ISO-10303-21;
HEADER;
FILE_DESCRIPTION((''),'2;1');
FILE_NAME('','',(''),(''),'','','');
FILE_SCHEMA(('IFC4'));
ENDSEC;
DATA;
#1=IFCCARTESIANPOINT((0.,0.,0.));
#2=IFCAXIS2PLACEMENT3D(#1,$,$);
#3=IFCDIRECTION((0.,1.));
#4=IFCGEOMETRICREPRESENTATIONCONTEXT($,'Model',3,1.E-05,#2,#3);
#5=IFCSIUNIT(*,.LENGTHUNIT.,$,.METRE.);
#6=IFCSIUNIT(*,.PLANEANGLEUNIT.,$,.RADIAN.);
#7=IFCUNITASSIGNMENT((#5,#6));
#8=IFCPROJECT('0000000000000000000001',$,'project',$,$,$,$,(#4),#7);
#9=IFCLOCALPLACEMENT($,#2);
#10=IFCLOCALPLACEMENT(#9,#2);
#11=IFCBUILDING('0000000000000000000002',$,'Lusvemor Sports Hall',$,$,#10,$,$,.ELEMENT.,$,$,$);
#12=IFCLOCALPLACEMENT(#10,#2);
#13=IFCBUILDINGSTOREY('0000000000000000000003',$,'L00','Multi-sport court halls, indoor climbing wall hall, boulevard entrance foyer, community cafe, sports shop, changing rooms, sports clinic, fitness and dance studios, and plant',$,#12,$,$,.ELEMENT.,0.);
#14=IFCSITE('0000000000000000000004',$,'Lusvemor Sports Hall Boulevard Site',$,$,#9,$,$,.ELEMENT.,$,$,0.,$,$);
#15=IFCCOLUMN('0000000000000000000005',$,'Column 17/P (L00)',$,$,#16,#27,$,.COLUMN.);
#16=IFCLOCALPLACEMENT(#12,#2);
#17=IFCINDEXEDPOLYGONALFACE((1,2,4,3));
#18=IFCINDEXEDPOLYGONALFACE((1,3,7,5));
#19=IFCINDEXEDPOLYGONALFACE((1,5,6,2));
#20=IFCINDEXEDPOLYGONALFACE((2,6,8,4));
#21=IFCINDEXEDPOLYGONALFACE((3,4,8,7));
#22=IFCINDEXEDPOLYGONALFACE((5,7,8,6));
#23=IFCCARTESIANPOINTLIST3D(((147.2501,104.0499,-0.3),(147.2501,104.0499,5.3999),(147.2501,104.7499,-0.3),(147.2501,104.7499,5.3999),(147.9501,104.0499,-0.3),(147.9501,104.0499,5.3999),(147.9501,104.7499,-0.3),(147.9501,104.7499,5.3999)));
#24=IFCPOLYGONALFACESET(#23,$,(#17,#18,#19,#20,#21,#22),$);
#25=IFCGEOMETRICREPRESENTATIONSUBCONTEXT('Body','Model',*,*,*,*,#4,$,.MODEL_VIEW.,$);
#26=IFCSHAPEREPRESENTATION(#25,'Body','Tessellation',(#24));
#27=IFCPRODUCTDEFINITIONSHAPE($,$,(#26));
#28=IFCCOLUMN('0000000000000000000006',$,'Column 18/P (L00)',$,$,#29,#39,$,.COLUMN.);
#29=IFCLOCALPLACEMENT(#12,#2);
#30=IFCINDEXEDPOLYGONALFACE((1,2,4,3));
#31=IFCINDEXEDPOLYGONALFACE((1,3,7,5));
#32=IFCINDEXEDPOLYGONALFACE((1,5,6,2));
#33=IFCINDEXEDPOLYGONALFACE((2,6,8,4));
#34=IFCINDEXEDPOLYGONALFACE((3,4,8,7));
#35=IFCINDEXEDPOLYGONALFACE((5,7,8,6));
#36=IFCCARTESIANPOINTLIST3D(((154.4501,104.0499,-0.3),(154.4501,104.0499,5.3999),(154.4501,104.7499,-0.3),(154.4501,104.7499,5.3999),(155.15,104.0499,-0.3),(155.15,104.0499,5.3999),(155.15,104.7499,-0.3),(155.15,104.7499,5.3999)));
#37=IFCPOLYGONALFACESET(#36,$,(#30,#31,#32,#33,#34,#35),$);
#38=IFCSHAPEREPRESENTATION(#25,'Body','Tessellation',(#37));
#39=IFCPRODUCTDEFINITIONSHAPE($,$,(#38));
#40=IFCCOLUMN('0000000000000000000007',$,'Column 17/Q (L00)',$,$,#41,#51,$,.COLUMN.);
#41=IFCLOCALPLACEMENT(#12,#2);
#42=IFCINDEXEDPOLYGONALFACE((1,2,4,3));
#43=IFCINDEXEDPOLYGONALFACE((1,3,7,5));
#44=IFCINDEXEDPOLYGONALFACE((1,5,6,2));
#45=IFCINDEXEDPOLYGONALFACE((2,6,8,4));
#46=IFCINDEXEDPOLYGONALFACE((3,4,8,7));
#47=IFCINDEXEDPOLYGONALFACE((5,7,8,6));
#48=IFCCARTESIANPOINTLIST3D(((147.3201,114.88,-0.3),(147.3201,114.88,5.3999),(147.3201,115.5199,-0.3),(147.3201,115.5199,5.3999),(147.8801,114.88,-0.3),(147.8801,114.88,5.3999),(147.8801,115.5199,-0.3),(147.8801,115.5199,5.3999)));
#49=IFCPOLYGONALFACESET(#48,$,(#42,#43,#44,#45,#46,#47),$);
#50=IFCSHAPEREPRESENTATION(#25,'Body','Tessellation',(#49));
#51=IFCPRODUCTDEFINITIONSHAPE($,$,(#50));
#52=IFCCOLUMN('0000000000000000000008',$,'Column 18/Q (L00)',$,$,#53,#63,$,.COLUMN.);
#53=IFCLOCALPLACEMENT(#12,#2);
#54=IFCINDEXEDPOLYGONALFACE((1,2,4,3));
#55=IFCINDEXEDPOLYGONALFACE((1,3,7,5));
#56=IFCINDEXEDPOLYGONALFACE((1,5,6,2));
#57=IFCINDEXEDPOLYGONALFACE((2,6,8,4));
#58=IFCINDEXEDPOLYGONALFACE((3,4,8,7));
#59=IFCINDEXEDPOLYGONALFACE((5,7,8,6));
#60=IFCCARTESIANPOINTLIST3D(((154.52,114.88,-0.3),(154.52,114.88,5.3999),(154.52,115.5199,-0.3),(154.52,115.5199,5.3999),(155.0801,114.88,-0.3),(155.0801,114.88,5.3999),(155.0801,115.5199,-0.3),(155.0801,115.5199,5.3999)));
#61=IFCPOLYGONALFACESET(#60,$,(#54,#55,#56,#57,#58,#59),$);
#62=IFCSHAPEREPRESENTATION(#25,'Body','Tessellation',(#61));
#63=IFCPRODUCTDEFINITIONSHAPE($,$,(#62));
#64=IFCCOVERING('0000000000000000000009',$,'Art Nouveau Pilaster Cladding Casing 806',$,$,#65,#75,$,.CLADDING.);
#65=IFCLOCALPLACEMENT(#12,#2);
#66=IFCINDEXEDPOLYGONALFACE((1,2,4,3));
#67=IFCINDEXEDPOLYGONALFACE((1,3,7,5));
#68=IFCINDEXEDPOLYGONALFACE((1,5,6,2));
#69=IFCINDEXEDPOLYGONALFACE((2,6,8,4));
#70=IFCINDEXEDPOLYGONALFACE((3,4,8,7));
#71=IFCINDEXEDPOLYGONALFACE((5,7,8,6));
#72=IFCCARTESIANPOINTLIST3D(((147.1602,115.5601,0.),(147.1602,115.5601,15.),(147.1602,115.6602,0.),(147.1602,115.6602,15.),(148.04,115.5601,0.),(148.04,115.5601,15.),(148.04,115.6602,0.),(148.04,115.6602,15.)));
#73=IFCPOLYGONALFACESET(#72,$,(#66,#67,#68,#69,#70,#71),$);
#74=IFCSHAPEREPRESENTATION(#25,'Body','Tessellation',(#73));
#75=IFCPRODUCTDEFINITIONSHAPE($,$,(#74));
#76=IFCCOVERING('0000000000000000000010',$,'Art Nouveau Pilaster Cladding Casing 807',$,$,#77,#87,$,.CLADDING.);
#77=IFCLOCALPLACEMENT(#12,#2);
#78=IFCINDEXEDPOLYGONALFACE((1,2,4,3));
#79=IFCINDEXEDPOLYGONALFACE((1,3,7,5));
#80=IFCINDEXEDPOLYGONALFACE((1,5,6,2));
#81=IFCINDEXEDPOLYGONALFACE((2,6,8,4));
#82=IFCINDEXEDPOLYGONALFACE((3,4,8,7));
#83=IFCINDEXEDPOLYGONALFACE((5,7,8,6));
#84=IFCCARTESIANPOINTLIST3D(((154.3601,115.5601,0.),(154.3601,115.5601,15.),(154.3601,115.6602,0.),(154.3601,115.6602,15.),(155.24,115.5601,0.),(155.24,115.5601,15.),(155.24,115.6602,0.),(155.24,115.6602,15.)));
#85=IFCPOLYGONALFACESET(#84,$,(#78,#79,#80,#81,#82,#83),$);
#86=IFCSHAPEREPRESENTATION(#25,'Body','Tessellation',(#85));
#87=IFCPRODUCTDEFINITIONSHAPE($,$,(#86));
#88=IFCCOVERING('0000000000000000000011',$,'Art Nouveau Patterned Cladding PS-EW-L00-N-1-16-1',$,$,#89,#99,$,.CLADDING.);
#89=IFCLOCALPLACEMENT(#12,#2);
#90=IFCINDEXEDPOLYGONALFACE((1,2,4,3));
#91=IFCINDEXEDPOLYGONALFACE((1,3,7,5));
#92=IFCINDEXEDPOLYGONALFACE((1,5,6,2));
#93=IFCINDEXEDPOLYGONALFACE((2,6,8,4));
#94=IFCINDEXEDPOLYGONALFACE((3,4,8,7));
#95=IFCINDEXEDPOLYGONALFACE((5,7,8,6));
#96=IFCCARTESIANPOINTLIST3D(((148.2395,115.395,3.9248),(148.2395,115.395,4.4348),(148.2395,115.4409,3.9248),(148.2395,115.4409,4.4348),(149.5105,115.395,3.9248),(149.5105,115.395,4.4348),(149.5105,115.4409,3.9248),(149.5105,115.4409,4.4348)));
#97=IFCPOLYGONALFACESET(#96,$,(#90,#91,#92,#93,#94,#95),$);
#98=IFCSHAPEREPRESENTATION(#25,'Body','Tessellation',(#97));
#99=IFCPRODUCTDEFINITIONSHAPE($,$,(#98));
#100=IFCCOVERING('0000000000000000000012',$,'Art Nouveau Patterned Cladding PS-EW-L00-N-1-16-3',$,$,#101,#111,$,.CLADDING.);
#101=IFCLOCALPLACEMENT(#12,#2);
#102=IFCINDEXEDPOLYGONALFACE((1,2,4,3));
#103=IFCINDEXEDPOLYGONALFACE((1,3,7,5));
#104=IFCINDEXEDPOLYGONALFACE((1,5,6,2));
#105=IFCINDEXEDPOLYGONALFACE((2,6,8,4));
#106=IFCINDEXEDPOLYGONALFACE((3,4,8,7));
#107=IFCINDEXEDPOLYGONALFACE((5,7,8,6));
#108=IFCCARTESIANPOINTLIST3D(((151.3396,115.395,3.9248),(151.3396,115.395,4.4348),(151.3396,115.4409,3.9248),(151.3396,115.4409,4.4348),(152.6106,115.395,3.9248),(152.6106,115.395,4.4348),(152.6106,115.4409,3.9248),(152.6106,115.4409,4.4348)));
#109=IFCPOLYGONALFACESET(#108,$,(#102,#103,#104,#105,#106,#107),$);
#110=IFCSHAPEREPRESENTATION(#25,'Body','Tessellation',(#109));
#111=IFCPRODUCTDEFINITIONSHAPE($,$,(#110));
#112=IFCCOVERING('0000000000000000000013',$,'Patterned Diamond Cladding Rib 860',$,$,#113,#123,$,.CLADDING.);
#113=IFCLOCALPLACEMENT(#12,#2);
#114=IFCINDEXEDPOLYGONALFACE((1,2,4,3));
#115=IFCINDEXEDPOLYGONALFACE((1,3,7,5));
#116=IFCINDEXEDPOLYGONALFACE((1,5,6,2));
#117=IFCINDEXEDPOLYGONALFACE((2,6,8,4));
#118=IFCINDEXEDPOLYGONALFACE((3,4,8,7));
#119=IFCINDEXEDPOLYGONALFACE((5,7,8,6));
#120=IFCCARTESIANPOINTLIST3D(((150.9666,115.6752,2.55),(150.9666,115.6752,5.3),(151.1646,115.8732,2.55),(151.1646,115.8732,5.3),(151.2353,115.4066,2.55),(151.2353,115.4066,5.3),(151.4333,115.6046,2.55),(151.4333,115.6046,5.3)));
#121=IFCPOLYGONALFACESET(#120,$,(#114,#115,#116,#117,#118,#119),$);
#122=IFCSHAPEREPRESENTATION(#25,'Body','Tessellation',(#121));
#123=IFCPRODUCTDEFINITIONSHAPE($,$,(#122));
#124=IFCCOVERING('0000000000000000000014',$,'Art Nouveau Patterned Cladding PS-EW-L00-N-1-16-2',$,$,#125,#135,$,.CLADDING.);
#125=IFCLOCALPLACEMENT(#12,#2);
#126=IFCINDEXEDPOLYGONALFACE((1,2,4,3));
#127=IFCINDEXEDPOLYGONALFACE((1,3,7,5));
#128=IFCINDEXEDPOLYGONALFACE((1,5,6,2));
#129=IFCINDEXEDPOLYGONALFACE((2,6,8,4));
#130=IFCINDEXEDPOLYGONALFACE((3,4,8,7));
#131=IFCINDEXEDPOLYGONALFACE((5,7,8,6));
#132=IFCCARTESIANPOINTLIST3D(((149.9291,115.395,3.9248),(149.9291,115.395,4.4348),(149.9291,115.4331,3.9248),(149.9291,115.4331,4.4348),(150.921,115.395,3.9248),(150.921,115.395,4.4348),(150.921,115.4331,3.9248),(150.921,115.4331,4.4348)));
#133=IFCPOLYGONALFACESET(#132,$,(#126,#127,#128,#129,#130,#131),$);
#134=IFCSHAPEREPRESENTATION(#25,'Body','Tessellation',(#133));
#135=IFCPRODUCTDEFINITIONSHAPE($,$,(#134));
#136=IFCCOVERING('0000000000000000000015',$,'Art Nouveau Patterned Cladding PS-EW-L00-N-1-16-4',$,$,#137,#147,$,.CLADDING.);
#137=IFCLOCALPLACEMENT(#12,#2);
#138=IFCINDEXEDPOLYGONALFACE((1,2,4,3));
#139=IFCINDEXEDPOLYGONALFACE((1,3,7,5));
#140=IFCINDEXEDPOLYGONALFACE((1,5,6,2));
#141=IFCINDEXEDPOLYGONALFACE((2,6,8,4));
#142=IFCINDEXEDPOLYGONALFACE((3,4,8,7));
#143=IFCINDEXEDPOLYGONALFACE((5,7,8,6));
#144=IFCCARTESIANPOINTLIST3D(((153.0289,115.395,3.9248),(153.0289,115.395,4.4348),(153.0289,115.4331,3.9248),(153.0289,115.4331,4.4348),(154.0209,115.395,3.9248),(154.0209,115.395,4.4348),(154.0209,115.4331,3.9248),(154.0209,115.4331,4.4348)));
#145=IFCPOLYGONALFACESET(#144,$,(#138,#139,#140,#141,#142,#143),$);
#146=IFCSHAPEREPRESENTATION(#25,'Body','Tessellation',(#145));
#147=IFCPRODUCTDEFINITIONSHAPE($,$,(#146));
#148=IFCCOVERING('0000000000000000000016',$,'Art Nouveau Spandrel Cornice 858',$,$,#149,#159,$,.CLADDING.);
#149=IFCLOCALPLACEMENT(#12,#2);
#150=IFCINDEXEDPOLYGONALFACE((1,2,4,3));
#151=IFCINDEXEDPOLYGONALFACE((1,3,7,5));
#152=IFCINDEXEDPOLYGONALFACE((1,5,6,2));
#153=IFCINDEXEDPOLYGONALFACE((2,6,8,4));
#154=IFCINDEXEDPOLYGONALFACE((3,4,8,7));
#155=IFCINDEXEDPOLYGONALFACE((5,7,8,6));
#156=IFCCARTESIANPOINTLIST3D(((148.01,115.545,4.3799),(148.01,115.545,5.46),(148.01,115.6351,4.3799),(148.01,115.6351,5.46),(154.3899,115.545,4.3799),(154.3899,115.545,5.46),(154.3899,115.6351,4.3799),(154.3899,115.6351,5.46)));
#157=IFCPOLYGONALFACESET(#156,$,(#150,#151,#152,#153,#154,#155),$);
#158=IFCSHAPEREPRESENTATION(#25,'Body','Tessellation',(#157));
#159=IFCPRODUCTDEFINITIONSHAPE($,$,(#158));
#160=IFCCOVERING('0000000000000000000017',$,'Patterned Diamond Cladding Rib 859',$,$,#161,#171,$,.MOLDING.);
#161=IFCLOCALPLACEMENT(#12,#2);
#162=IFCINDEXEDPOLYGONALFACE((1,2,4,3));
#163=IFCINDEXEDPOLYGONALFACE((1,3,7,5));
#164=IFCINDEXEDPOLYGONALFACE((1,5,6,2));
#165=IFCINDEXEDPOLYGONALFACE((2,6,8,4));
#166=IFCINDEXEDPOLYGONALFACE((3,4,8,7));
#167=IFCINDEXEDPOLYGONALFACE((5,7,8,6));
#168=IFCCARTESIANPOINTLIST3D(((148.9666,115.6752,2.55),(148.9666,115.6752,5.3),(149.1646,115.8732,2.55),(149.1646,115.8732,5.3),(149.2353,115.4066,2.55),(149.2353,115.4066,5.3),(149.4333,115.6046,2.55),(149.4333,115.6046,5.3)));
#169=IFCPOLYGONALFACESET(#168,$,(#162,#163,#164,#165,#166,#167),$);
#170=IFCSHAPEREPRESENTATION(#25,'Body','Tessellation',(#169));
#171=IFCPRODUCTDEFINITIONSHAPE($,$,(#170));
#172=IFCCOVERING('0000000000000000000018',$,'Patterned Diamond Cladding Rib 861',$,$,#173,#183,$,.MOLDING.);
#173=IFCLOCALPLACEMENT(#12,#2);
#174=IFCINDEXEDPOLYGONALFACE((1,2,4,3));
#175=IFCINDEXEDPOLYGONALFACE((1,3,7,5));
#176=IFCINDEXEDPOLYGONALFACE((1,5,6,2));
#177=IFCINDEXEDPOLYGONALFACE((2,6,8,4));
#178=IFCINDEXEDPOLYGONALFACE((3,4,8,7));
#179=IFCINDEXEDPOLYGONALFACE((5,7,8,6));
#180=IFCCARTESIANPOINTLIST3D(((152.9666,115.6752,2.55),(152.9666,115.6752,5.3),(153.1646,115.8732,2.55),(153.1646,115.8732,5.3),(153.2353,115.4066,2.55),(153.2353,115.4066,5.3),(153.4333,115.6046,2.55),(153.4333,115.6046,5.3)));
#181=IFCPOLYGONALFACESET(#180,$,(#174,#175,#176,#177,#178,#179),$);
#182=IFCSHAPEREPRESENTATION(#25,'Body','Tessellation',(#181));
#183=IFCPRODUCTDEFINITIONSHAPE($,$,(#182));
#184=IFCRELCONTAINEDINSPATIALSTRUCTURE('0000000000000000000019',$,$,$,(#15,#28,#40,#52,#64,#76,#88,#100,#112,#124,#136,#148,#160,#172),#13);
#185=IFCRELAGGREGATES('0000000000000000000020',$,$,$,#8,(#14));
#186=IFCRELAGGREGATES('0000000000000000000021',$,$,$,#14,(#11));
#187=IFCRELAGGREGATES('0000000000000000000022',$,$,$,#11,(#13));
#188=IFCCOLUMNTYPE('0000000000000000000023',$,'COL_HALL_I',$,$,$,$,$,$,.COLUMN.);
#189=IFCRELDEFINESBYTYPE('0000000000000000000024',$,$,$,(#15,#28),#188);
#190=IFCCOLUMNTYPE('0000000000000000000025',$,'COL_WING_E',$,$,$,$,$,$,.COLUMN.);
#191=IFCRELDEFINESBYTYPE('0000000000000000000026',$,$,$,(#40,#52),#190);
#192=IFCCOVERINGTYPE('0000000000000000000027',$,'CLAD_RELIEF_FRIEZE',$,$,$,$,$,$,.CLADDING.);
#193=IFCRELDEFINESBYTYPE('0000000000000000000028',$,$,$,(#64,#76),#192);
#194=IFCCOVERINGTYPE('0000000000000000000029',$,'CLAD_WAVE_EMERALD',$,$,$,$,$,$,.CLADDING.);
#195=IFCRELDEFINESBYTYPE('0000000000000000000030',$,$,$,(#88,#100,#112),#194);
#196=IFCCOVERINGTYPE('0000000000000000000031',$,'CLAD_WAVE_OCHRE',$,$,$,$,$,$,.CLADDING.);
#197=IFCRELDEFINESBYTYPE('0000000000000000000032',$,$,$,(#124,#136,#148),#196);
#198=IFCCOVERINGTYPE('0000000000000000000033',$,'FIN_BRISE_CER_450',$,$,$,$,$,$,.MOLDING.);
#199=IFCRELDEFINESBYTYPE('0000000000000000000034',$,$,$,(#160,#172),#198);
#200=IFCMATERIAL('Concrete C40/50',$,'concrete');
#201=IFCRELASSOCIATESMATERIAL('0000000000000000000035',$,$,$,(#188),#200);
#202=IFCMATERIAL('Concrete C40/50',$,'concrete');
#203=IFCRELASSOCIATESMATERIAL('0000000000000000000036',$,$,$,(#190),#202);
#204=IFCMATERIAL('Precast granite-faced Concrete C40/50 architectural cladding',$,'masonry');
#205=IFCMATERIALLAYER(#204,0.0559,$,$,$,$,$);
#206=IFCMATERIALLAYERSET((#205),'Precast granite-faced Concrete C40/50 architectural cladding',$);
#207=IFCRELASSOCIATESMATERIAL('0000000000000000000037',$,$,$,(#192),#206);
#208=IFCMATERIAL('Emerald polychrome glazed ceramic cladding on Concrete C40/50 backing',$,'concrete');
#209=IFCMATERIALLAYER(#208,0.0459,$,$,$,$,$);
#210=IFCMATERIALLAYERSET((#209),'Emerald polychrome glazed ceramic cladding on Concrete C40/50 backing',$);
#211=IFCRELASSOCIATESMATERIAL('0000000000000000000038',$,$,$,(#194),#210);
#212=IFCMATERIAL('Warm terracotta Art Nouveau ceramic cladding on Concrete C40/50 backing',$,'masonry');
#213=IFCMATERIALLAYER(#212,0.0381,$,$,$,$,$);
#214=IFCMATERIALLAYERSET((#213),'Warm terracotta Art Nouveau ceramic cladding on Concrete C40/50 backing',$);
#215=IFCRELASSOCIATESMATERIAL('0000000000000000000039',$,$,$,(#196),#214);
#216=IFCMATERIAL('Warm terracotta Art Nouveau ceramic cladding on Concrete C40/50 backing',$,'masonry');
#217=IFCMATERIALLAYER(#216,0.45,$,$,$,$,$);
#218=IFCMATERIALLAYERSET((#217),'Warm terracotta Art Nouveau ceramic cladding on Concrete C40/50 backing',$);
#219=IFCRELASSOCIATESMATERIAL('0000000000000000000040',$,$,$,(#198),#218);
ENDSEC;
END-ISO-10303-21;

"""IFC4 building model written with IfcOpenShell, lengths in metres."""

from ifc_helpers import new_model, si_unit, direction, frame, origin, origin_2d, place, context, subcontext, project, spatial, rectangle, extrude, material, layer, layer_set, material_profile, profile_set, type_object, element, save


model = new_model("IFC4")

# Units and contexts
model_context = context("Model", 3, precision=1e-05, world=origin(), true_north=direction((0.0, 1.0)))
body_context = subcontext(model_context, "Body", "Model", "MODEL_VIEW")
ifc_project = project(units=[si_unit("LENGTHUNIT", "METRE"), si_unit("PLANEANGLEUNIT", "RADIAN")], contexts=[model_context])

# Site, building, storey
site_placement = place(None, origin())
site = spatial("IfcSite", under=ifc_project, at=site_placement, Name="Lusvemor Sports Hall Boulevard Site", CompositionType="ELEMENT", RefElevation=0.0)
building_placement = place(site_placement, origin())
building = spatial("IfcBuilding", under=site, at=building_placement, Name="Lusvemor Sports Hall", CompositionType="ELEMENT")
storey_placement = place(building_placement, origin())
storey = spatial("IfcBuildingStorey", under=building, at=storey_placement, Name="L00", Description="Multi-sport court halls, indoor climbing wall hall, boulevard entrance foyer, community cafe, sports shop, changing rooms, sports clinic, fitness and dance studios, and plant", CompositionType="ELEMENT", Elevation=0.0)

# Columns
ifc_material_1 = material(Name="Concrete C40/50", Category="concrete")
ifc_material_profile_1 = material_profile(ifc_material_1, rectangle(XDim=0.7, YDim=0.7, at=origin_2d()), Name="RC700x700")
ifc_profile_set_1 = profile_set([ifc_material_profile_1], Name="Concrete C40/50")
column_type_1 = type_object("IfcColumnType", Name="COL_HALL_I", PredefinedType="COLUMN", material=ifc_profile_set_1)
for number, where, z_axis, x_axis, name in (
    (1, (147.6001, 104.3999, -0.3), (0.0, 0.0, 1.0), (1.0, 0.0, 0.0), "Column 17/P (L00)"),
    (2, (154.8, 104.3999, -0.3), (0.0, 0.0, 1.0), (1.0, 0.0, 0.0), "Column 18/P (L00)"),
):
    element("IfcColumn", number, at=place(storey_placement, frame(where, z_axis=z_axis, x_axis=x_axis)), inside=storey, type_object=column_type_1, Name=name, PredefinedType="COLUMN", context=body_context, shape_type="SweptSolid", body=[
        extrude(rectangle(XDim=0.7, YDim=0.7, at=origin_2d()), origin(), (0.0, 0.0, 1.0), 5.7),
    ])
ifc_material_2 = material(Name="Concrete C40/50", Category="concrete")
ifc_material_profile_2 = material_profile(ifc_material_2, rectangle(XDim=0.5601, YDim=0.6399, at=origin_2d()), Name="RC560x640")
ifc_profile_set_2 = profile_set([ifc_material_profile_2], Name="Concrete C40/50")
column_type_2 = type_object("IfcColumnType", Name="COL_WING_E", PredefinedType="COLUMN", material=ifc_profile_set_2)
for number, where, z_axis, x_axis, name in (
    (3, (147.6001, 115.2, -0.3), (0.0, 0.0, 1.0), (1.0, 0.0, 0.0), "Column 17/Q (L00)"),
    (4, (154.8, 115.2, -0.3), (0.0, 0.0, 1.0), (1.0, 0.0, 0.0), "Column 18/Q (L00)"),
):
    element("IfcColumn", number, at=place(storey_placement, frame(where, z_axis=z_axis, x_axis=x_axis)), inside=storey, type_object=column_type_2, Name=name, PredefinedType="COLUMN", context=body_context, shape_type="SweptSolid", body=[
        extrude(rectangle(XDim=0.5601, YDim=0.6399, at=origin_2d()), origin(), (0.0, 0.0, 1.0), 5.7),
    ])

# Coverings
ifc_material_3 = material(Name="Precast granite-faced Concrete C40/50 architectural cladding", Category="masonry")
ifc_layer_1 = layer(ifc_material_3, 0.0559)
ifc_layer_set_1 = layer_set([ifc_layer_1], Name="Precast granite-faced Concrete C40/50 architectural cladding")
covering_type_1 = type_object("IfcCoveringType", Name="CLAD_RELIEF_FRIEZE", PredefinedType="CLADDING", material=ifc_layer_set_1)
for number, where, z_axis, x_axis, name in (
    (5, (147.6001, 115.6101, 0.0), (0.0, 0.0, 1.0), (1.0, 0.0, 0.0), "Art Nouveau Pilaster Cladding Casing 806"),
    (6, (154.8, 115.6101, 0.0), (0.0, 0.0, 1.0), (1.0, 0.0, 0.0), "Art Nouveau Pilaster Cladding Casing 807"),
):
    element("IfcCovering", number, at=place(storey_placement, frame(where, z_axis=z_axis, x_axis=x_axis)), inside=storey, type_object=covering_type_1, Name=name, PredefinedType="CLADDING", context=body_context, shape_type="SweptSolid", body=[
        extrude(rectangle(XDim=0.8799, YDim=0.1001, at=origin_2d()), origin(), (0.0, 0.0, 1.0), 15.0),
    ])
ifc_material_4 = material(Name="Emerald polychrome glazed ceramic cladding on Concrete C40/50 backing", Category="concrete")
ifc_layer_2 = layer(ifc_material_4, 0.0459)
ifc_layer_set_2 = layer_set([ifc_layer_2], Name="Emerald polychrome glazed ceramic cladding on Concrete C40/50 backing")
covering_type_2 = type_object("IfcCoveringType", Name="CLAD_WAVE_EMERALD", PredefinedType="CLADDING", material=ifc_layer_set_2)
for number, where, z_axis, x_axis, name in (
    (7, (148.875, 115.418, 3.9248), (0.0, 0.0, 1.0), (1.0, 0.0, 0.0), "Art Nouveau Patterned Cladding PS-EW-L00-N-1-16-1"),
    (8, (151.9751, 115.418, 3.9248), (0.0, 0.0, 1.0), (1.0, 0.0, 0.0), "Art Nouveau Patterned Cladding PS-EW-L00-N-1-16-3"),
):
    element("IfcCovering", number, at=place(storey_placement, frame(where, z_axis=z_axis, x_axis=x_axis)), inside=storey, type_object=covering_type_2, Name=name, PredefinedType="CLADDING", context=body_context, shape_type="SweptSolid", body=[
        extrude(rectangle(XDim=1.271, YDim=0.0459, at=origin_2d()), origin(), (0.0, 0.0, 1.0), 0.51),
    ])
covering_1_placement = place(storey_placement, frame((151.2, 115.6399, 2.55), z_axis=(0.0, 0.0, 1.0), x_axis=(0.707107, 0.707107, 0.0)))
element("IfcCovering", 9, at=covering_1_placement, inside=storey, type_object=covering_type_2, Name="Patterned Diamond Cladding Rib 860", PredefinedType="CLADDING", context=body_context, shape_type="SweptSolid", body=[
    extrude(rectangle(XDim=0.28, YDim=0.3799, at=origin_2d()), origin(), (0.0, 0.0, 1.0), 2.75),
])
ifc_material_5 = material(Name="Warm terracotta Art Nouveau ceramic cladding on Concrete C40/50 backing", Category="masonry")
ifc_layer_3 = layer(ifc_material_5, 0.0381)
ifc_layer_set_3 = layer_set([ifc_layer_3], Name="Warm terracotta Art Nouveau ceramic cladding on Concrete C40/50 backing")
covering_type_3 = type_object("IfcCoveringType", Name="CLAD_WAVE_OCHRE", PredefinedType="CLADDING", material=ifc_layer_set_3)
for number, where, z_axis, x_axis, name in (
    (10, (150.425, 115.4141, 3.9248), (0.0, 0.0, 1.0), (1.0, 0.0, 0.0), "Art Nouveau Patterned Cladding PS-EW-L00-N-1-16-2"),
    (11, (153.5249, 115.4141, 3.9248), (0.0, 0.0, 1.0), (1.0, 0.0, 0.0), "Art Nouveau Patterned Cladding PS-EW-L00-N-1-16-4"),
):
    element("IfcCovering", number, at=place(storey_placement, frame(where, z_axis=z_axis, x_axis=x_axis)), inside=storey, type_object=covering_type_3, Name=name, PredefinedType="CLADDING", context=body_context, shape_type="SweptSolid", body=[
        extrude(rectangle(XDim=0.9919, YDim=0.0381, at=origin_2d()), origin(), (0.0, 0.0, 1.0), 0.51),
    ])
covering_2_placement = place(storey_placement, frame((151.2, 115.5901, 4.3799), z_axis=(0.0, 0.0, 1.0), x_axis=(1.0, 0.0, 0.0)))
element("IfcCovering", 12, at=covering_2_placement, inside=storey, type_object=covering_type_3, Name="Art Nouveau Spandrel Cornice 858", PredefinedType="CLADDING", context=body_context, shape_type="SweptSolid", body=[
    extrude(rectangle(XDim=6.3799, YDim=0.0901, at=origin_2d()), origin(), (0.0, 0.0, 1.0), 1.0801),
])
ifc_material_6 = material(Name="Warm terracotta Art Nouveau ceramic cladding on Concrete C40/50 backing", Category="masonry")
ifc_layer_4 = layer(ifc_material_6, 0.45)
ifc_layer_set_4 = layer_set([ifc_layer_4], Name="Warm terracotta Art Nouveau ceramic cladding on Concrete C40/50 backing")
covering_type_4 = type_object("IfcCoveringType", Name="FIN_BRISE_CER_450", PredefinedType="MOLDING", material=ifc_layer_set_4)
for number, where, z_axis, x_axis, name in (
    (13, (149.2, 115.6399, 2.55), (0.0, 0.0, 1.0), (0.707107, 0.707107, 0.0), "Patterned Diamond Cladding Rib 859"),
    (14, (153.2, 115.6399, 2.55), (0.0, 0.0, 1.0), (0.707107, 0.707107, 0.0), "Patterned Diamond Cladding Rib 861"),
):
    element("IfcCovering", number, at=place(storey_placement, frame(where, z_axis=z_axis, x_axis=x_axis)), inside=storey, type_object=covering_type_4, Name=name, PredefinedType="MOLDING", context=body_context, shape_type="SweptSolid", body=[
        extrude(rectangle(XDim=0.28, YDim=0.3799, at=origin_2d()), origin(), (0.0, 0.0, 1.0), 2.75),
    ])

save(model, "model.ifc")
